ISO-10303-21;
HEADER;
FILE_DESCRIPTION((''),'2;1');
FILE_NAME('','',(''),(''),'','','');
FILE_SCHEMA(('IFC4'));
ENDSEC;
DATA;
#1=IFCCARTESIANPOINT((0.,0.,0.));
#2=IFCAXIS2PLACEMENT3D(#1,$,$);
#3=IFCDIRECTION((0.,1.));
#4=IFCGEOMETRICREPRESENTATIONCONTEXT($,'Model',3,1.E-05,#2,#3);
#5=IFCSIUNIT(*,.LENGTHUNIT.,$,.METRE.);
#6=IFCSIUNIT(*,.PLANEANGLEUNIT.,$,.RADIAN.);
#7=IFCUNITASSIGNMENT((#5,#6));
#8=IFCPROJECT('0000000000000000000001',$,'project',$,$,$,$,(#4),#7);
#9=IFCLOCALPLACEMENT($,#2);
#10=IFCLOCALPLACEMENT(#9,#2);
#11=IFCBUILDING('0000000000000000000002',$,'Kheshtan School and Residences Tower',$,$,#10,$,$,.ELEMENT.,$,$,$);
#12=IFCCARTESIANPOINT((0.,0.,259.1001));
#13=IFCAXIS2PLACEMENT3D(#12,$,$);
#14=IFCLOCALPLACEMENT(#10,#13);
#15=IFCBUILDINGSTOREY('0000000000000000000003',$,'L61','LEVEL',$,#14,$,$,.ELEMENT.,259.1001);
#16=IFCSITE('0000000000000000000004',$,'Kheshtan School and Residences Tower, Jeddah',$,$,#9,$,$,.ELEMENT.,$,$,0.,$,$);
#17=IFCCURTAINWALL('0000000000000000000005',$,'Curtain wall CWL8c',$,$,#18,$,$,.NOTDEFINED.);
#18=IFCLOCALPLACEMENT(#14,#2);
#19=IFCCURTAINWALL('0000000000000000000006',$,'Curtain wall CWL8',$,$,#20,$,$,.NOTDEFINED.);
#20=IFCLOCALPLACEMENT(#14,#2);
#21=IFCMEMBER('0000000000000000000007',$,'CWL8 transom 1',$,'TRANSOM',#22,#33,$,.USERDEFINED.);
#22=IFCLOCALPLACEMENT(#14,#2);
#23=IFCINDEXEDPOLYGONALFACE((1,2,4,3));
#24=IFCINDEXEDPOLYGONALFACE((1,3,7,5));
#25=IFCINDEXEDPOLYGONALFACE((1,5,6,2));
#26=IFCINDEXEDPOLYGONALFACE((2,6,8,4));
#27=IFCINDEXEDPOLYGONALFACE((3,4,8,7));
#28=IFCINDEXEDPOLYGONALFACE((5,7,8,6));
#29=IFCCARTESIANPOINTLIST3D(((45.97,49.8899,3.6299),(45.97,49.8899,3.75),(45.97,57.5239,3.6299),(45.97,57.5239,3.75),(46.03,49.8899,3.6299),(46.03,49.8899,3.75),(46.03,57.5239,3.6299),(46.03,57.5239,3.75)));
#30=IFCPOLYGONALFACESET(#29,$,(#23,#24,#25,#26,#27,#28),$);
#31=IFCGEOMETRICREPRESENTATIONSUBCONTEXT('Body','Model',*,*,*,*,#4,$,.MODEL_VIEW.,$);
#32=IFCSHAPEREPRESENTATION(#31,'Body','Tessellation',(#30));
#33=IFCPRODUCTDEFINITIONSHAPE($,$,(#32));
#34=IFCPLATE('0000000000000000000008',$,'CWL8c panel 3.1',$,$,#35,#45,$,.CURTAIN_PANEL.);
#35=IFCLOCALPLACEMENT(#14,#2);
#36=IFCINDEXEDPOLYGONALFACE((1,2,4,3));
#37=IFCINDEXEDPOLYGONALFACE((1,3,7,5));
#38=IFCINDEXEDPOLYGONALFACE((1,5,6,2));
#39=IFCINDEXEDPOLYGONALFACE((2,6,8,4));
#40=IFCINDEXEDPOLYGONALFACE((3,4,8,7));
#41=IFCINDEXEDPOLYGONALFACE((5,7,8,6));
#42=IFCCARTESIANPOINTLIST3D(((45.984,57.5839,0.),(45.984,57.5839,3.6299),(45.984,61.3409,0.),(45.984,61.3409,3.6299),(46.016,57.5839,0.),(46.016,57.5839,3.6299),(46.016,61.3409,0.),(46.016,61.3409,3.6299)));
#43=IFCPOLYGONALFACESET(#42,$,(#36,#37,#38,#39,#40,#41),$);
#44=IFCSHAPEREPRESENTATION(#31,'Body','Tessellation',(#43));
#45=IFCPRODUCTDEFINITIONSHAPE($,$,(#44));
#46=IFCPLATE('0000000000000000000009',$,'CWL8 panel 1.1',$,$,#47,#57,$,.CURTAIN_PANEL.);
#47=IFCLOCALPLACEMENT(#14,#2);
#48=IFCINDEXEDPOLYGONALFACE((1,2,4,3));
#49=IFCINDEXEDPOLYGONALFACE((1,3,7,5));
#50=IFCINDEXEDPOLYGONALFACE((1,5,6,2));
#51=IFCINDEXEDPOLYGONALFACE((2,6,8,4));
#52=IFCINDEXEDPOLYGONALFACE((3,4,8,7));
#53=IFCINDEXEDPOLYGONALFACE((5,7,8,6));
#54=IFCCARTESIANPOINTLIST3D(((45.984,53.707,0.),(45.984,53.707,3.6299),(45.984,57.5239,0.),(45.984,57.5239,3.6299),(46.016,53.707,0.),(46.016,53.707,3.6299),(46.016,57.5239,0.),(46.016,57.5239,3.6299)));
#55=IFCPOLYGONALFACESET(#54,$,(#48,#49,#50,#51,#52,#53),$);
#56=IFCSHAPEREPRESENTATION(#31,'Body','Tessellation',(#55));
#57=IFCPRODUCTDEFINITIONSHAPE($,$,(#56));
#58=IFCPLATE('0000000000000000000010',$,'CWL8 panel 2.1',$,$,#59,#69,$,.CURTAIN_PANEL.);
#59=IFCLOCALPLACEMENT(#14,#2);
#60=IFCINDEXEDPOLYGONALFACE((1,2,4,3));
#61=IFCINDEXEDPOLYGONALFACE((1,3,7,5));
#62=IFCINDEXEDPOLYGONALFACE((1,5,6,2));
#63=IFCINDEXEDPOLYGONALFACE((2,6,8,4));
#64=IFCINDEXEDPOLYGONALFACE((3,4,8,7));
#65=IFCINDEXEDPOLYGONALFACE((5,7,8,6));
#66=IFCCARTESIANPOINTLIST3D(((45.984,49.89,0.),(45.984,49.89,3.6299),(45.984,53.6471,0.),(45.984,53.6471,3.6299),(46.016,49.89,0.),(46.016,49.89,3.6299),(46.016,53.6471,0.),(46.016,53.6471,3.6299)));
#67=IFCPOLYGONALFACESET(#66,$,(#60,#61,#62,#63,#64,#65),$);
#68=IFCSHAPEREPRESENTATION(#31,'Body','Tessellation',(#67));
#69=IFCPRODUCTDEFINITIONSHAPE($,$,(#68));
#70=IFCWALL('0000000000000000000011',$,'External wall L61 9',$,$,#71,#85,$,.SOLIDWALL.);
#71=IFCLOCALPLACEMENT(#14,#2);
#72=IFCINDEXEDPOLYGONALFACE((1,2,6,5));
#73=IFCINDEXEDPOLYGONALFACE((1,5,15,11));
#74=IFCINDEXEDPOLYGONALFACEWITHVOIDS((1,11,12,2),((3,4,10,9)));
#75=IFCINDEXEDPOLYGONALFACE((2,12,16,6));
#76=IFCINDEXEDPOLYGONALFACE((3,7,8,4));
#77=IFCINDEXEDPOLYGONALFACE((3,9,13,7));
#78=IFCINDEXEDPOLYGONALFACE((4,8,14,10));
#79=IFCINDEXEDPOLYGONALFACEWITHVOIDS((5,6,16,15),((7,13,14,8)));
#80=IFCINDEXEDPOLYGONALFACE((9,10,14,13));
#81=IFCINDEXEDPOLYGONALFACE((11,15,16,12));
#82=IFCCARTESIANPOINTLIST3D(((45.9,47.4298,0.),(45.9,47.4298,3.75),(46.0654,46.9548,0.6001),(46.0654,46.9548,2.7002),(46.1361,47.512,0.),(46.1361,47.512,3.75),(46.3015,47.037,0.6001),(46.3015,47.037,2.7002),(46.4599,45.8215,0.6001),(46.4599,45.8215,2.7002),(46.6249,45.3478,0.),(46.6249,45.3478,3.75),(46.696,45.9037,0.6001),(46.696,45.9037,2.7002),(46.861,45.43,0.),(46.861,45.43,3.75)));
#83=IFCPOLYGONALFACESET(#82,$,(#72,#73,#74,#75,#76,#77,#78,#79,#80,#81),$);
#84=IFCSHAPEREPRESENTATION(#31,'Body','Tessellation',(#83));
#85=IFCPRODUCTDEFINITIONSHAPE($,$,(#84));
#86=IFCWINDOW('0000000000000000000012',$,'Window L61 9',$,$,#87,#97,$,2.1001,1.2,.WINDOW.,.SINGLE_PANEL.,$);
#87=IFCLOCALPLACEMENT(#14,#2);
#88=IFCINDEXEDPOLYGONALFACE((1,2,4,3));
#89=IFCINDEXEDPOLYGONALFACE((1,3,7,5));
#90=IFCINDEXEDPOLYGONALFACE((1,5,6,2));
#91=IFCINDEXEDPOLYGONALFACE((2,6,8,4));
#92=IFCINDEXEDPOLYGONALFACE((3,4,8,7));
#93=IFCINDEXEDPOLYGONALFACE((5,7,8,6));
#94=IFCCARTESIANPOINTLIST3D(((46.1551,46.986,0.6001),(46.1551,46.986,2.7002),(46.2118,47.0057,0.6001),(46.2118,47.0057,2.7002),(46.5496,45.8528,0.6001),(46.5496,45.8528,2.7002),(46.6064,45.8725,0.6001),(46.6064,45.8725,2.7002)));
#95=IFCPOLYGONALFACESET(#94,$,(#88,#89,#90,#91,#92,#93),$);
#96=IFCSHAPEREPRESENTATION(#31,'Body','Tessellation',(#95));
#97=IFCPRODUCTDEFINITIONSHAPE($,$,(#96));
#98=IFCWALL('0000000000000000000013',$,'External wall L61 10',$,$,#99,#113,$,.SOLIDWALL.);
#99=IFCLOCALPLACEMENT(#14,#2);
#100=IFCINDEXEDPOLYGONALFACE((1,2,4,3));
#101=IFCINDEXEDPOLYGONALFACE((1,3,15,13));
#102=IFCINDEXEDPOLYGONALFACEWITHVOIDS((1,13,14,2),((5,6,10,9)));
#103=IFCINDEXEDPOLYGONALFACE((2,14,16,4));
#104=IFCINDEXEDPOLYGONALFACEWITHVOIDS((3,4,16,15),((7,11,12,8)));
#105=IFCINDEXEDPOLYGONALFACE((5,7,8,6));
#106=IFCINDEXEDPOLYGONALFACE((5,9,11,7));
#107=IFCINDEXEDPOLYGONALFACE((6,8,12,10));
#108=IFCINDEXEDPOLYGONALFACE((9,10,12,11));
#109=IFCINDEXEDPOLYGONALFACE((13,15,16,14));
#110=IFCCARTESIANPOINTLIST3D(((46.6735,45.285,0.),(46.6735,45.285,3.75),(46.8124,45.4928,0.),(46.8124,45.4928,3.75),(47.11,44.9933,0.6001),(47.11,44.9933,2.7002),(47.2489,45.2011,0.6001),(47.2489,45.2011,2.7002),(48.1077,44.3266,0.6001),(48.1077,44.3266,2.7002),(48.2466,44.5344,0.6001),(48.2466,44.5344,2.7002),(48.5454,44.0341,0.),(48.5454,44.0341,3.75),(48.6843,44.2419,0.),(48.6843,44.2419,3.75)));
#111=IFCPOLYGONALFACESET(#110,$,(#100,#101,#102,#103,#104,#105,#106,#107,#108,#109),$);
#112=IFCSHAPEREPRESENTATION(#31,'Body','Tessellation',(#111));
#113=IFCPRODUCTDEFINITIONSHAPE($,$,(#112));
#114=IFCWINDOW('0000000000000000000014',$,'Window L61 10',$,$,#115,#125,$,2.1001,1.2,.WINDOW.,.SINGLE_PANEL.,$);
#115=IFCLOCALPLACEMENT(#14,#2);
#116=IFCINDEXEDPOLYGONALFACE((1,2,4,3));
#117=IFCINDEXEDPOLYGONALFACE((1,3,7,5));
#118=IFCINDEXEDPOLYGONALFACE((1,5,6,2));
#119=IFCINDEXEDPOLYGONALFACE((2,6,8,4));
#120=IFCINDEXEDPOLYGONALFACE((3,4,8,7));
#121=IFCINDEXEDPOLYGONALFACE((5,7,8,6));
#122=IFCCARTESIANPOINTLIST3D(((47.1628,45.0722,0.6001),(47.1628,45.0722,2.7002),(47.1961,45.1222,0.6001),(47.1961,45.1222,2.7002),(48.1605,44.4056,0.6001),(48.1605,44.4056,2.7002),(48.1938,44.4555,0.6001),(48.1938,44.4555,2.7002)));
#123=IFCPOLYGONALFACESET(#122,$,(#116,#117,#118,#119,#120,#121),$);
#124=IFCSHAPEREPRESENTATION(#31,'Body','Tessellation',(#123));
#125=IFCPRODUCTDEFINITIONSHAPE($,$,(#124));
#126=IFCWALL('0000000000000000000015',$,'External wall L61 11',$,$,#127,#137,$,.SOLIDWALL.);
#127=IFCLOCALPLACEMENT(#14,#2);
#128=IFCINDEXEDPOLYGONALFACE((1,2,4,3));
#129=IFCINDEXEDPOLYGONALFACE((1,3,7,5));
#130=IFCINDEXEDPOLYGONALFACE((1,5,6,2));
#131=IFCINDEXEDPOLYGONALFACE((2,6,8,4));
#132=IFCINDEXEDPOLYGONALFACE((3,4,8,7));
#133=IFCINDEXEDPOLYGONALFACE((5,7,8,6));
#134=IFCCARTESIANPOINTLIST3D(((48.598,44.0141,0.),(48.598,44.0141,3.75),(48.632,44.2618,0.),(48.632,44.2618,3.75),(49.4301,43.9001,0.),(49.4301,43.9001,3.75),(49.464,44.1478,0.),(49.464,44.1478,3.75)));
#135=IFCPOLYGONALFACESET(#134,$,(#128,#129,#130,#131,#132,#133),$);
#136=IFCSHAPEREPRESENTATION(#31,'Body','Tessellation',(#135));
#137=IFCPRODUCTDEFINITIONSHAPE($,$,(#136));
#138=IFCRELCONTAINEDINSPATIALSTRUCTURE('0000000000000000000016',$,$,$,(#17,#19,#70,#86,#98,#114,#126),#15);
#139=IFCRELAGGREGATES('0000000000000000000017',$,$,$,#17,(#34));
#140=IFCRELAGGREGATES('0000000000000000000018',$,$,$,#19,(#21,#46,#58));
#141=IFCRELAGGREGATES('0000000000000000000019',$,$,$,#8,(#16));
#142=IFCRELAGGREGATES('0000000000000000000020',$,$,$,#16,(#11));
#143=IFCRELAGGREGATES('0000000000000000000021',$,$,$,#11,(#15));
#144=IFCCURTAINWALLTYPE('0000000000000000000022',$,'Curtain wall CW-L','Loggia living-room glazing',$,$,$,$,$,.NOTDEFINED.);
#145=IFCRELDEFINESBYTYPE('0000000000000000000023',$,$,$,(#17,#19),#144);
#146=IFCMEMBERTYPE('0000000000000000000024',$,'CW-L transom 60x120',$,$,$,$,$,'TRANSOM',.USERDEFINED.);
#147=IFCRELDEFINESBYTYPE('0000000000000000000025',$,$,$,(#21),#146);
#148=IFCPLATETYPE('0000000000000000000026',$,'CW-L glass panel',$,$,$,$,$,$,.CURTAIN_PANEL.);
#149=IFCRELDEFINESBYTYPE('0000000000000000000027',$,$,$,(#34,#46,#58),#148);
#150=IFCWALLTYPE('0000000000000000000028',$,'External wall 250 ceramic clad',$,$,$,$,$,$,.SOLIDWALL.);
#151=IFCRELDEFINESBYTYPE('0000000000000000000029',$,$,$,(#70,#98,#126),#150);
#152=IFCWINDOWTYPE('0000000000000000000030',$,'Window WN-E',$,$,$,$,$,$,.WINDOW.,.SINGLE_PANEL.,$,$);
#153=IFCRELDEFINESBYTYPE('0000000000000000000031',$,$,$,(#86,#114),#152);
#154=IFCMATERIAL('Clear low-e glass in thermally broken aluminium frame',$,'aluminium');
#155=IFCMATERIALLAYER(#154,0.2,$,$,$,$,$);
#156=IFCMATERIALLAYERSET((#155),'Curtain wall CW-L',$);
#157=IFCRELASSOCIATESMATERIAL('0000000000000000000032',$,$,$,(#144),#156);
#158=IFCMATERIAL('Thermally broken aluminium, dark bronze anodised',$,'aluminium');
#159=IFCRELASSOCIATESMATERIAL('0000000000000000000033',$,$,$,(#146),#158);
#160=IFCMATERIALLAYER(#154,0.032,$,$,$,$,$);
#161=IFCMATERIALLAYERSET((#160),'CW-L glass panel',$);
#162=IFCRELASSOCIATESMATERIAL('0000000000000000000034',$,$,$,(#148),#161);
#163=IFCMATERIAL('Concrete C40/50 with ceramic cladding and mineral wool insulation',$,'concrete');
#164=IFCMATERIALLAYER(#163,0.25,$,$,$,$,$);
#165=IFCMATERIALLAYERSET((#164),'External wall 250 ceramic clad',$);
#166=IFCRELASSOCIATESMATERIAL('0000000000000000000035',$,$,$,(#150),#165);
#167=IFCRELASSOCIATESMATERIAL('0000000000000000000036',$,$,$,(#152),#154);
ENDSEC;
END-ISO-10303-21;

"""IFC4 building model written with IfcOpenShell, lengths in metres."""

from ifc_helpers import new_model, si_unit, direction, frame, frame_2d, origin, origin_2d, place, context, subcontext, project, spatial, rectangle, extrude, source, transform, mapped, material, layer, layer_set, material_profile, profile_set, type_object, element, fill, aggregate, save


model = new_model("IFC4")

# Units and contexts
model_context = context("Model", 3, precision=1e-05, world=origin(), true_north=direction((0.0, 1.0)))
body_context = subcontext(model_context, "Body", "Model", "MODEL_VIEW")
ifc_project = project(units=[si_unit("LENGTHUNIT", "METRE"), si_unit("PLANEANGLEUNIT", "RADIAN")], contexts=[model_context])

# Site, building, storey
site_placement = place(None, origin())
site = spatial("IfcSite", under=ifc_project, at=site_placement, Name="Kheshtan School and Residences Tower, Jeddah", CompositionType="ELEMENT", RefElevation=0.0)
building_placement = place(site_placement, origin())
building = spatial("IfcBuilding", under=site, at=building_placement, Name="Kheshtan School and Residences Tower", CompositionType="ELEMENT")
storey_placement = place(building_placement, frame((0.0, 0.0, 259.1001)))
storey = spatial("IfcBuildingStorey", under=building, at=storey_placement, Name="L61", Description="LEVEL", CompositionType="ELEMENT", Elevation=259.1001)

# Curtain walls, member
ifc_material_1 = material(Name="Clear low-e glass in thermally broken aluminium frame", Category="aluminium")
ifc_layer_1 = layer(ifc_material_1, 0.2)
ifc_layer_set_1 = layer_set([ifc_layer_1], Name="Curtain wall CW-L")
curtain_wall_type = type_object("IfcCurtainWallType", Name="Curtain wall CW-L", Description="Loggia living-room glazing", PredefinedType="NOTDEFINED", material=ifc_layer_set_1)
curtain_wall_1_placement = place(storey_placement, origin())
curtain_wall_1 = element("IfcCurtainWall", 1, at=curtain_wall_1_placement, inside=storey, type_object=curtain_wall_type, Name="Curtain wall CWL8c", PredefinedType="NOTDEFINED")
ifc_material_2 = material(Name="Thermally broken aluminium, dark bronze anodised", Category="aluminium")
curtain_wall_2_placement = place(storey_placement, origin())
curtain_wall_2 = element("IfcCurtainWall", 2, at=curtain_wall_2_placement, inside=storey, type_object=curtain_wall_type, Name="Curtain wall CWL8", PredefinedType="NOTDEFINED")
ifc_material_profile_1 = material_profile(ifc_material_2, rectangle(XDim=0.0601, YDim=0.1201, at=origin_2d()), Name="CW-L transom 60x120")
ifc_profile_set_1 = profile_set([ifc_material_profile_1], Name="Thermally broken aluminium, dark bronze anodised")
member_type_1 = type_object("IfcMemberType", Name="CW-L transom 60x120", ElementType="TRANSOM", PredefinedType="USERDEFINED", material=ifc_profile_set_1)
member_1_placement = place(storey_placement, frame((46.0, 57.5239, 3.6899), z_axis=(0.0, -1.0, 0.0), x_axis=(1.0, 0.0, 0.0)))
member_1 = element("IfcMember", 3, at=member_1_placement, type_object=member_type_1, Name="CWL8 transom 1", ObjectType="TRANSOM", PredefinedType="USERDEFINED", context=body_context, shape_type="SweptSolid", body=[
    extrude(rectangle(XDim=0.0601, YDim=0.1201, at=origin_2d()), origin(), (0.0, 0.0, 1.0), 7.634),
])

# Plates
ifc_layer_2 = layer(ifc_material_1, 0.032)
ifc_layer_set_2 = layer_set([ifc_layer_2], Name="CW-L glass panel")
plate_type = type_object("IfcPlateType", Name="CW-L glass panel", PredefinedType="CURTAIN_PANEL", material=ifc_layer_set_2)
plate_1_placement = place(storey_placement, frame((46.0, 59.4624, 0.0), z_axis=(0.0, 0.0, 1.0), x_axis=(0.0, -1.0, 0.0)))
plate_1 = element("IfcPlate", 4, at=plate_1_placement, type_object=plate_type, Name="CWL8c panel 3.1", PredefinedType="CURTAIN_PANEL", context=body_context, shape_type="SweptSolid", body=[
    extrude(rectangle(XDim=3.7571, YDim=0.032, at=origin_2d()), origin(), (0.0, 0.0, 1.0), 3.6299),
])
aggregate(curtain_wall_1, [plate_1])
plate_2_placement = place(storey_placement, frame((46.0, 55.6155, 0.0), z_axis=(0.0, 0.0, 1.0), x_axis=(0.0, -1.0, 0.0)))
plate_2 = element("IfcPlate", 5, at=plate_2_placement, type_object=plate_type, Name="CWL8 panel 1.1", PredefinedType="CURTAIN_PANEL", context=body_context, shape_type="SweptSolid", body=[
    extrude(rectangle(XDim=3.8169, YDim=0.032, at=origin_2d()), origin(), (0.0, 0.0, 1.0), 3.6299),
])
plate_3_placement = place(storey_placement, frame((46.0, 51.7686, 0.0), z_axis=(0.0, 0.0, 1.0), x_axis=(0.0, -1.0, 0.0)))
plate_3 = element("IfcPlate", 6, at=plate_3_placement, type_object=plate_type, Name="CWL8 panel 2.1", PredefinedType="CURTAIN_PANEL", context=body_context, shape_type="SweptSolid", body=[
    extrude(rectangle(XDim=3.7571, YDim=0.032, at=origin_2d()), origin(), (0.0, 0.0, 1.0), 3.6299),
])
aggregate(curtain_wall_2, [member_1, plate_2, plate_3])

# Walls, openings, windows
ifc_material_3 = material(Name="Concrete C40/50 with ceramic cladding and mineral wool insulation", Category="concrete")
ifc_layer_3 = layer(ifc_material_3, 0.25)
ifc_layer_set_3 = layer_set([ifc_layer_3], Name="External wall 250 ceramic clad")
wall_type_1 = type_object("IfcWallType", Name="External wall 250 ceramic clad", PredefinedType="SOLIDWALL", material=ifc_layer_set_3)
wall_1_placement = place(storey_placement, frame((46.0181, 47.4709, 0.0), z_axis=(0.0, 0.0, 1.0), x_axis=(0.328791, -0.944403, 0.0)))
wall_1 = element("IfcWall", 7, at=wall_1_placement, inside=storey, type_object=wall_type_1, Name="External wall L61 9", PredefinedType="SOLIDWALL", context=body_context, shape_type="SweptSolid", body=[
    extrude(rectangle(XDim=2.2046, YDim=0.25, at=frame_2d((1.1023, 0.0))), origin(), (0.0, 0.0, 1.0), 3.75),
])
opening_1_placement = place(wall_1_placement, frame((0.5029, 0.0, 0.6001)))
opening_1 = element("IfcOpeningElement", 8, at=opening_1_placement, cuts=wall_1, PredefinedType="OPENING", context=body_context, shape_type="SweptSolid", body=[
    extrude(rectangle(XDim=1.2, YDim=2.1001, at=frame_2d((0.6001, 1.05))), frame((0.0, 0.135, 0.0), z_axis=(0.0, -1.0, 0.0), x_axis=(1.0, 0.0, 0.0)), (0.0, 0.0, 1.0), 0.27),
])
window_type = type_object("IfcWindowType", Name="Window WN-E", PartitioningType="SINGLE_PANEL", PredefinedType="WINDOW", material=ifc_material_1)
shared_shape_1 = source(origin(), body_context, "Body", "SweptSolid", [
    extrude(rectangle(XDim=1.2, YDim=2.1001, at=frame_2d((0.6001, 1.05))), frame((0.0, 0.03, 0.0), z_axis=(0.0, -1.0, 0.0), x_axis=(1.0, 0.0, 0.0)), (0.0, 0.0, 1.0), 0.0601),
])
window_1_placement = place(opening_1_placement, origin())
window_1 = element("IfcWindow", 9, at=window_1_placement, inside=storey, type_object=window_type, Name="Window L61 9", OverallHeight=2.1001, OverallWidth=1.2, PartitioningType="SINGLE_PANEL", PredefinedType="WINDOW", context=body_context, shape_type="MappedRepresentation", body=[
    mapped(shared_shape_1, transform((0.0, 0.0, 0.0), x_axis=(1.0, 0.0, 0.0), y_axis=(0.0, 1.0, 0.0), z_axis=(0.0, 0.0, 1.0), scale=1.0)),
])
fill(opening_1, window_1)
wall_2_placement = place(storey_placement, frame((46.7429, 45.3889, 0.0), z_axis=(0.0, 0.0, 1.0), x_axis=(0.831449, -0.555601, 0.0)))
wall_2 = element("IfcWall", 10, at=wall_2_placement, inside=storey, type_object=wall_type_1, Name="External wall L61 10", PredefinedType="SOLIDWALL", context=body_context, shape_type="SweptSolid", body=[
    extrude(rectangle(XDim=2.2515, YDim=0.25, at=frame_2d((1.1257, 0.0))), origin(), (0.0, 0.0, 1.0), 3.75),
])
opening_2_placement = place(wall_2_placement, frame((0.5249, 0.0, 0.6001)))
opening_2 = element("IfcOpeningElement", 11, at=opening_2_placement, cuts=wall_2, PredefinedType="OPENING", context=body_context, shape_type="SweptSolid", body=[
    extrude(rectangle(XDim=1.2, YDim=2.1001, at=frame_2d((0.6001, 1.05))), frame((0.0, 0.135, 0.0), z_axis=(0.0, -1.0, 0.0), x_axis=(1.0, 0.0, 0.0)), (0.0, 0.0, 1.0), 0.27),
])
window_2_placement = place(opening_2_placement, origin())
window_2 = element("IfcWindow", 12, at=window_2_placement, inside=storey, type_object=window_type, Name="Window L61 10", OverallHeight=2.1001, OverallWidth=1.2, PartitioningType="SINGLE_PANEL", PredefinedType="WINDOW", context=body_context, shape_type="MappedRepresentation", body=[
    mapped(shared_shape_1, transform((0.0, 0.0, 0.0), x_axis=(1.0, 0.0, 0.0), y_axis=(0.0, 1.0, 0.0), z_axis=(0.0, 0.0, 1.0), scale=1.0)),
])
fill(opening_2, window_2)

# Wall
wall_3_placement = place(storey_placement, frame((48.615, 44.1379, 0.0), z_axis=(0.0, 0.0, 1.0), x_axis=(0.990742, -0.135762, 0.0)))
element("IfcWall", 13, at=wall_3_placement, inside=storey, type_object=wall_type_1, Name="External wall L61 11", PredefinedType="SOLIDWALL", context=body_context, shape_type="SweptSolid", body=[
    extrude(rectangle(XDim=0.8398, YDim=0.25, at=frame_2d((0.4199, 0.0))), origin(), (0.0, 0.0, 1.0), 3.75),
])

save(model, "model.ifc")
